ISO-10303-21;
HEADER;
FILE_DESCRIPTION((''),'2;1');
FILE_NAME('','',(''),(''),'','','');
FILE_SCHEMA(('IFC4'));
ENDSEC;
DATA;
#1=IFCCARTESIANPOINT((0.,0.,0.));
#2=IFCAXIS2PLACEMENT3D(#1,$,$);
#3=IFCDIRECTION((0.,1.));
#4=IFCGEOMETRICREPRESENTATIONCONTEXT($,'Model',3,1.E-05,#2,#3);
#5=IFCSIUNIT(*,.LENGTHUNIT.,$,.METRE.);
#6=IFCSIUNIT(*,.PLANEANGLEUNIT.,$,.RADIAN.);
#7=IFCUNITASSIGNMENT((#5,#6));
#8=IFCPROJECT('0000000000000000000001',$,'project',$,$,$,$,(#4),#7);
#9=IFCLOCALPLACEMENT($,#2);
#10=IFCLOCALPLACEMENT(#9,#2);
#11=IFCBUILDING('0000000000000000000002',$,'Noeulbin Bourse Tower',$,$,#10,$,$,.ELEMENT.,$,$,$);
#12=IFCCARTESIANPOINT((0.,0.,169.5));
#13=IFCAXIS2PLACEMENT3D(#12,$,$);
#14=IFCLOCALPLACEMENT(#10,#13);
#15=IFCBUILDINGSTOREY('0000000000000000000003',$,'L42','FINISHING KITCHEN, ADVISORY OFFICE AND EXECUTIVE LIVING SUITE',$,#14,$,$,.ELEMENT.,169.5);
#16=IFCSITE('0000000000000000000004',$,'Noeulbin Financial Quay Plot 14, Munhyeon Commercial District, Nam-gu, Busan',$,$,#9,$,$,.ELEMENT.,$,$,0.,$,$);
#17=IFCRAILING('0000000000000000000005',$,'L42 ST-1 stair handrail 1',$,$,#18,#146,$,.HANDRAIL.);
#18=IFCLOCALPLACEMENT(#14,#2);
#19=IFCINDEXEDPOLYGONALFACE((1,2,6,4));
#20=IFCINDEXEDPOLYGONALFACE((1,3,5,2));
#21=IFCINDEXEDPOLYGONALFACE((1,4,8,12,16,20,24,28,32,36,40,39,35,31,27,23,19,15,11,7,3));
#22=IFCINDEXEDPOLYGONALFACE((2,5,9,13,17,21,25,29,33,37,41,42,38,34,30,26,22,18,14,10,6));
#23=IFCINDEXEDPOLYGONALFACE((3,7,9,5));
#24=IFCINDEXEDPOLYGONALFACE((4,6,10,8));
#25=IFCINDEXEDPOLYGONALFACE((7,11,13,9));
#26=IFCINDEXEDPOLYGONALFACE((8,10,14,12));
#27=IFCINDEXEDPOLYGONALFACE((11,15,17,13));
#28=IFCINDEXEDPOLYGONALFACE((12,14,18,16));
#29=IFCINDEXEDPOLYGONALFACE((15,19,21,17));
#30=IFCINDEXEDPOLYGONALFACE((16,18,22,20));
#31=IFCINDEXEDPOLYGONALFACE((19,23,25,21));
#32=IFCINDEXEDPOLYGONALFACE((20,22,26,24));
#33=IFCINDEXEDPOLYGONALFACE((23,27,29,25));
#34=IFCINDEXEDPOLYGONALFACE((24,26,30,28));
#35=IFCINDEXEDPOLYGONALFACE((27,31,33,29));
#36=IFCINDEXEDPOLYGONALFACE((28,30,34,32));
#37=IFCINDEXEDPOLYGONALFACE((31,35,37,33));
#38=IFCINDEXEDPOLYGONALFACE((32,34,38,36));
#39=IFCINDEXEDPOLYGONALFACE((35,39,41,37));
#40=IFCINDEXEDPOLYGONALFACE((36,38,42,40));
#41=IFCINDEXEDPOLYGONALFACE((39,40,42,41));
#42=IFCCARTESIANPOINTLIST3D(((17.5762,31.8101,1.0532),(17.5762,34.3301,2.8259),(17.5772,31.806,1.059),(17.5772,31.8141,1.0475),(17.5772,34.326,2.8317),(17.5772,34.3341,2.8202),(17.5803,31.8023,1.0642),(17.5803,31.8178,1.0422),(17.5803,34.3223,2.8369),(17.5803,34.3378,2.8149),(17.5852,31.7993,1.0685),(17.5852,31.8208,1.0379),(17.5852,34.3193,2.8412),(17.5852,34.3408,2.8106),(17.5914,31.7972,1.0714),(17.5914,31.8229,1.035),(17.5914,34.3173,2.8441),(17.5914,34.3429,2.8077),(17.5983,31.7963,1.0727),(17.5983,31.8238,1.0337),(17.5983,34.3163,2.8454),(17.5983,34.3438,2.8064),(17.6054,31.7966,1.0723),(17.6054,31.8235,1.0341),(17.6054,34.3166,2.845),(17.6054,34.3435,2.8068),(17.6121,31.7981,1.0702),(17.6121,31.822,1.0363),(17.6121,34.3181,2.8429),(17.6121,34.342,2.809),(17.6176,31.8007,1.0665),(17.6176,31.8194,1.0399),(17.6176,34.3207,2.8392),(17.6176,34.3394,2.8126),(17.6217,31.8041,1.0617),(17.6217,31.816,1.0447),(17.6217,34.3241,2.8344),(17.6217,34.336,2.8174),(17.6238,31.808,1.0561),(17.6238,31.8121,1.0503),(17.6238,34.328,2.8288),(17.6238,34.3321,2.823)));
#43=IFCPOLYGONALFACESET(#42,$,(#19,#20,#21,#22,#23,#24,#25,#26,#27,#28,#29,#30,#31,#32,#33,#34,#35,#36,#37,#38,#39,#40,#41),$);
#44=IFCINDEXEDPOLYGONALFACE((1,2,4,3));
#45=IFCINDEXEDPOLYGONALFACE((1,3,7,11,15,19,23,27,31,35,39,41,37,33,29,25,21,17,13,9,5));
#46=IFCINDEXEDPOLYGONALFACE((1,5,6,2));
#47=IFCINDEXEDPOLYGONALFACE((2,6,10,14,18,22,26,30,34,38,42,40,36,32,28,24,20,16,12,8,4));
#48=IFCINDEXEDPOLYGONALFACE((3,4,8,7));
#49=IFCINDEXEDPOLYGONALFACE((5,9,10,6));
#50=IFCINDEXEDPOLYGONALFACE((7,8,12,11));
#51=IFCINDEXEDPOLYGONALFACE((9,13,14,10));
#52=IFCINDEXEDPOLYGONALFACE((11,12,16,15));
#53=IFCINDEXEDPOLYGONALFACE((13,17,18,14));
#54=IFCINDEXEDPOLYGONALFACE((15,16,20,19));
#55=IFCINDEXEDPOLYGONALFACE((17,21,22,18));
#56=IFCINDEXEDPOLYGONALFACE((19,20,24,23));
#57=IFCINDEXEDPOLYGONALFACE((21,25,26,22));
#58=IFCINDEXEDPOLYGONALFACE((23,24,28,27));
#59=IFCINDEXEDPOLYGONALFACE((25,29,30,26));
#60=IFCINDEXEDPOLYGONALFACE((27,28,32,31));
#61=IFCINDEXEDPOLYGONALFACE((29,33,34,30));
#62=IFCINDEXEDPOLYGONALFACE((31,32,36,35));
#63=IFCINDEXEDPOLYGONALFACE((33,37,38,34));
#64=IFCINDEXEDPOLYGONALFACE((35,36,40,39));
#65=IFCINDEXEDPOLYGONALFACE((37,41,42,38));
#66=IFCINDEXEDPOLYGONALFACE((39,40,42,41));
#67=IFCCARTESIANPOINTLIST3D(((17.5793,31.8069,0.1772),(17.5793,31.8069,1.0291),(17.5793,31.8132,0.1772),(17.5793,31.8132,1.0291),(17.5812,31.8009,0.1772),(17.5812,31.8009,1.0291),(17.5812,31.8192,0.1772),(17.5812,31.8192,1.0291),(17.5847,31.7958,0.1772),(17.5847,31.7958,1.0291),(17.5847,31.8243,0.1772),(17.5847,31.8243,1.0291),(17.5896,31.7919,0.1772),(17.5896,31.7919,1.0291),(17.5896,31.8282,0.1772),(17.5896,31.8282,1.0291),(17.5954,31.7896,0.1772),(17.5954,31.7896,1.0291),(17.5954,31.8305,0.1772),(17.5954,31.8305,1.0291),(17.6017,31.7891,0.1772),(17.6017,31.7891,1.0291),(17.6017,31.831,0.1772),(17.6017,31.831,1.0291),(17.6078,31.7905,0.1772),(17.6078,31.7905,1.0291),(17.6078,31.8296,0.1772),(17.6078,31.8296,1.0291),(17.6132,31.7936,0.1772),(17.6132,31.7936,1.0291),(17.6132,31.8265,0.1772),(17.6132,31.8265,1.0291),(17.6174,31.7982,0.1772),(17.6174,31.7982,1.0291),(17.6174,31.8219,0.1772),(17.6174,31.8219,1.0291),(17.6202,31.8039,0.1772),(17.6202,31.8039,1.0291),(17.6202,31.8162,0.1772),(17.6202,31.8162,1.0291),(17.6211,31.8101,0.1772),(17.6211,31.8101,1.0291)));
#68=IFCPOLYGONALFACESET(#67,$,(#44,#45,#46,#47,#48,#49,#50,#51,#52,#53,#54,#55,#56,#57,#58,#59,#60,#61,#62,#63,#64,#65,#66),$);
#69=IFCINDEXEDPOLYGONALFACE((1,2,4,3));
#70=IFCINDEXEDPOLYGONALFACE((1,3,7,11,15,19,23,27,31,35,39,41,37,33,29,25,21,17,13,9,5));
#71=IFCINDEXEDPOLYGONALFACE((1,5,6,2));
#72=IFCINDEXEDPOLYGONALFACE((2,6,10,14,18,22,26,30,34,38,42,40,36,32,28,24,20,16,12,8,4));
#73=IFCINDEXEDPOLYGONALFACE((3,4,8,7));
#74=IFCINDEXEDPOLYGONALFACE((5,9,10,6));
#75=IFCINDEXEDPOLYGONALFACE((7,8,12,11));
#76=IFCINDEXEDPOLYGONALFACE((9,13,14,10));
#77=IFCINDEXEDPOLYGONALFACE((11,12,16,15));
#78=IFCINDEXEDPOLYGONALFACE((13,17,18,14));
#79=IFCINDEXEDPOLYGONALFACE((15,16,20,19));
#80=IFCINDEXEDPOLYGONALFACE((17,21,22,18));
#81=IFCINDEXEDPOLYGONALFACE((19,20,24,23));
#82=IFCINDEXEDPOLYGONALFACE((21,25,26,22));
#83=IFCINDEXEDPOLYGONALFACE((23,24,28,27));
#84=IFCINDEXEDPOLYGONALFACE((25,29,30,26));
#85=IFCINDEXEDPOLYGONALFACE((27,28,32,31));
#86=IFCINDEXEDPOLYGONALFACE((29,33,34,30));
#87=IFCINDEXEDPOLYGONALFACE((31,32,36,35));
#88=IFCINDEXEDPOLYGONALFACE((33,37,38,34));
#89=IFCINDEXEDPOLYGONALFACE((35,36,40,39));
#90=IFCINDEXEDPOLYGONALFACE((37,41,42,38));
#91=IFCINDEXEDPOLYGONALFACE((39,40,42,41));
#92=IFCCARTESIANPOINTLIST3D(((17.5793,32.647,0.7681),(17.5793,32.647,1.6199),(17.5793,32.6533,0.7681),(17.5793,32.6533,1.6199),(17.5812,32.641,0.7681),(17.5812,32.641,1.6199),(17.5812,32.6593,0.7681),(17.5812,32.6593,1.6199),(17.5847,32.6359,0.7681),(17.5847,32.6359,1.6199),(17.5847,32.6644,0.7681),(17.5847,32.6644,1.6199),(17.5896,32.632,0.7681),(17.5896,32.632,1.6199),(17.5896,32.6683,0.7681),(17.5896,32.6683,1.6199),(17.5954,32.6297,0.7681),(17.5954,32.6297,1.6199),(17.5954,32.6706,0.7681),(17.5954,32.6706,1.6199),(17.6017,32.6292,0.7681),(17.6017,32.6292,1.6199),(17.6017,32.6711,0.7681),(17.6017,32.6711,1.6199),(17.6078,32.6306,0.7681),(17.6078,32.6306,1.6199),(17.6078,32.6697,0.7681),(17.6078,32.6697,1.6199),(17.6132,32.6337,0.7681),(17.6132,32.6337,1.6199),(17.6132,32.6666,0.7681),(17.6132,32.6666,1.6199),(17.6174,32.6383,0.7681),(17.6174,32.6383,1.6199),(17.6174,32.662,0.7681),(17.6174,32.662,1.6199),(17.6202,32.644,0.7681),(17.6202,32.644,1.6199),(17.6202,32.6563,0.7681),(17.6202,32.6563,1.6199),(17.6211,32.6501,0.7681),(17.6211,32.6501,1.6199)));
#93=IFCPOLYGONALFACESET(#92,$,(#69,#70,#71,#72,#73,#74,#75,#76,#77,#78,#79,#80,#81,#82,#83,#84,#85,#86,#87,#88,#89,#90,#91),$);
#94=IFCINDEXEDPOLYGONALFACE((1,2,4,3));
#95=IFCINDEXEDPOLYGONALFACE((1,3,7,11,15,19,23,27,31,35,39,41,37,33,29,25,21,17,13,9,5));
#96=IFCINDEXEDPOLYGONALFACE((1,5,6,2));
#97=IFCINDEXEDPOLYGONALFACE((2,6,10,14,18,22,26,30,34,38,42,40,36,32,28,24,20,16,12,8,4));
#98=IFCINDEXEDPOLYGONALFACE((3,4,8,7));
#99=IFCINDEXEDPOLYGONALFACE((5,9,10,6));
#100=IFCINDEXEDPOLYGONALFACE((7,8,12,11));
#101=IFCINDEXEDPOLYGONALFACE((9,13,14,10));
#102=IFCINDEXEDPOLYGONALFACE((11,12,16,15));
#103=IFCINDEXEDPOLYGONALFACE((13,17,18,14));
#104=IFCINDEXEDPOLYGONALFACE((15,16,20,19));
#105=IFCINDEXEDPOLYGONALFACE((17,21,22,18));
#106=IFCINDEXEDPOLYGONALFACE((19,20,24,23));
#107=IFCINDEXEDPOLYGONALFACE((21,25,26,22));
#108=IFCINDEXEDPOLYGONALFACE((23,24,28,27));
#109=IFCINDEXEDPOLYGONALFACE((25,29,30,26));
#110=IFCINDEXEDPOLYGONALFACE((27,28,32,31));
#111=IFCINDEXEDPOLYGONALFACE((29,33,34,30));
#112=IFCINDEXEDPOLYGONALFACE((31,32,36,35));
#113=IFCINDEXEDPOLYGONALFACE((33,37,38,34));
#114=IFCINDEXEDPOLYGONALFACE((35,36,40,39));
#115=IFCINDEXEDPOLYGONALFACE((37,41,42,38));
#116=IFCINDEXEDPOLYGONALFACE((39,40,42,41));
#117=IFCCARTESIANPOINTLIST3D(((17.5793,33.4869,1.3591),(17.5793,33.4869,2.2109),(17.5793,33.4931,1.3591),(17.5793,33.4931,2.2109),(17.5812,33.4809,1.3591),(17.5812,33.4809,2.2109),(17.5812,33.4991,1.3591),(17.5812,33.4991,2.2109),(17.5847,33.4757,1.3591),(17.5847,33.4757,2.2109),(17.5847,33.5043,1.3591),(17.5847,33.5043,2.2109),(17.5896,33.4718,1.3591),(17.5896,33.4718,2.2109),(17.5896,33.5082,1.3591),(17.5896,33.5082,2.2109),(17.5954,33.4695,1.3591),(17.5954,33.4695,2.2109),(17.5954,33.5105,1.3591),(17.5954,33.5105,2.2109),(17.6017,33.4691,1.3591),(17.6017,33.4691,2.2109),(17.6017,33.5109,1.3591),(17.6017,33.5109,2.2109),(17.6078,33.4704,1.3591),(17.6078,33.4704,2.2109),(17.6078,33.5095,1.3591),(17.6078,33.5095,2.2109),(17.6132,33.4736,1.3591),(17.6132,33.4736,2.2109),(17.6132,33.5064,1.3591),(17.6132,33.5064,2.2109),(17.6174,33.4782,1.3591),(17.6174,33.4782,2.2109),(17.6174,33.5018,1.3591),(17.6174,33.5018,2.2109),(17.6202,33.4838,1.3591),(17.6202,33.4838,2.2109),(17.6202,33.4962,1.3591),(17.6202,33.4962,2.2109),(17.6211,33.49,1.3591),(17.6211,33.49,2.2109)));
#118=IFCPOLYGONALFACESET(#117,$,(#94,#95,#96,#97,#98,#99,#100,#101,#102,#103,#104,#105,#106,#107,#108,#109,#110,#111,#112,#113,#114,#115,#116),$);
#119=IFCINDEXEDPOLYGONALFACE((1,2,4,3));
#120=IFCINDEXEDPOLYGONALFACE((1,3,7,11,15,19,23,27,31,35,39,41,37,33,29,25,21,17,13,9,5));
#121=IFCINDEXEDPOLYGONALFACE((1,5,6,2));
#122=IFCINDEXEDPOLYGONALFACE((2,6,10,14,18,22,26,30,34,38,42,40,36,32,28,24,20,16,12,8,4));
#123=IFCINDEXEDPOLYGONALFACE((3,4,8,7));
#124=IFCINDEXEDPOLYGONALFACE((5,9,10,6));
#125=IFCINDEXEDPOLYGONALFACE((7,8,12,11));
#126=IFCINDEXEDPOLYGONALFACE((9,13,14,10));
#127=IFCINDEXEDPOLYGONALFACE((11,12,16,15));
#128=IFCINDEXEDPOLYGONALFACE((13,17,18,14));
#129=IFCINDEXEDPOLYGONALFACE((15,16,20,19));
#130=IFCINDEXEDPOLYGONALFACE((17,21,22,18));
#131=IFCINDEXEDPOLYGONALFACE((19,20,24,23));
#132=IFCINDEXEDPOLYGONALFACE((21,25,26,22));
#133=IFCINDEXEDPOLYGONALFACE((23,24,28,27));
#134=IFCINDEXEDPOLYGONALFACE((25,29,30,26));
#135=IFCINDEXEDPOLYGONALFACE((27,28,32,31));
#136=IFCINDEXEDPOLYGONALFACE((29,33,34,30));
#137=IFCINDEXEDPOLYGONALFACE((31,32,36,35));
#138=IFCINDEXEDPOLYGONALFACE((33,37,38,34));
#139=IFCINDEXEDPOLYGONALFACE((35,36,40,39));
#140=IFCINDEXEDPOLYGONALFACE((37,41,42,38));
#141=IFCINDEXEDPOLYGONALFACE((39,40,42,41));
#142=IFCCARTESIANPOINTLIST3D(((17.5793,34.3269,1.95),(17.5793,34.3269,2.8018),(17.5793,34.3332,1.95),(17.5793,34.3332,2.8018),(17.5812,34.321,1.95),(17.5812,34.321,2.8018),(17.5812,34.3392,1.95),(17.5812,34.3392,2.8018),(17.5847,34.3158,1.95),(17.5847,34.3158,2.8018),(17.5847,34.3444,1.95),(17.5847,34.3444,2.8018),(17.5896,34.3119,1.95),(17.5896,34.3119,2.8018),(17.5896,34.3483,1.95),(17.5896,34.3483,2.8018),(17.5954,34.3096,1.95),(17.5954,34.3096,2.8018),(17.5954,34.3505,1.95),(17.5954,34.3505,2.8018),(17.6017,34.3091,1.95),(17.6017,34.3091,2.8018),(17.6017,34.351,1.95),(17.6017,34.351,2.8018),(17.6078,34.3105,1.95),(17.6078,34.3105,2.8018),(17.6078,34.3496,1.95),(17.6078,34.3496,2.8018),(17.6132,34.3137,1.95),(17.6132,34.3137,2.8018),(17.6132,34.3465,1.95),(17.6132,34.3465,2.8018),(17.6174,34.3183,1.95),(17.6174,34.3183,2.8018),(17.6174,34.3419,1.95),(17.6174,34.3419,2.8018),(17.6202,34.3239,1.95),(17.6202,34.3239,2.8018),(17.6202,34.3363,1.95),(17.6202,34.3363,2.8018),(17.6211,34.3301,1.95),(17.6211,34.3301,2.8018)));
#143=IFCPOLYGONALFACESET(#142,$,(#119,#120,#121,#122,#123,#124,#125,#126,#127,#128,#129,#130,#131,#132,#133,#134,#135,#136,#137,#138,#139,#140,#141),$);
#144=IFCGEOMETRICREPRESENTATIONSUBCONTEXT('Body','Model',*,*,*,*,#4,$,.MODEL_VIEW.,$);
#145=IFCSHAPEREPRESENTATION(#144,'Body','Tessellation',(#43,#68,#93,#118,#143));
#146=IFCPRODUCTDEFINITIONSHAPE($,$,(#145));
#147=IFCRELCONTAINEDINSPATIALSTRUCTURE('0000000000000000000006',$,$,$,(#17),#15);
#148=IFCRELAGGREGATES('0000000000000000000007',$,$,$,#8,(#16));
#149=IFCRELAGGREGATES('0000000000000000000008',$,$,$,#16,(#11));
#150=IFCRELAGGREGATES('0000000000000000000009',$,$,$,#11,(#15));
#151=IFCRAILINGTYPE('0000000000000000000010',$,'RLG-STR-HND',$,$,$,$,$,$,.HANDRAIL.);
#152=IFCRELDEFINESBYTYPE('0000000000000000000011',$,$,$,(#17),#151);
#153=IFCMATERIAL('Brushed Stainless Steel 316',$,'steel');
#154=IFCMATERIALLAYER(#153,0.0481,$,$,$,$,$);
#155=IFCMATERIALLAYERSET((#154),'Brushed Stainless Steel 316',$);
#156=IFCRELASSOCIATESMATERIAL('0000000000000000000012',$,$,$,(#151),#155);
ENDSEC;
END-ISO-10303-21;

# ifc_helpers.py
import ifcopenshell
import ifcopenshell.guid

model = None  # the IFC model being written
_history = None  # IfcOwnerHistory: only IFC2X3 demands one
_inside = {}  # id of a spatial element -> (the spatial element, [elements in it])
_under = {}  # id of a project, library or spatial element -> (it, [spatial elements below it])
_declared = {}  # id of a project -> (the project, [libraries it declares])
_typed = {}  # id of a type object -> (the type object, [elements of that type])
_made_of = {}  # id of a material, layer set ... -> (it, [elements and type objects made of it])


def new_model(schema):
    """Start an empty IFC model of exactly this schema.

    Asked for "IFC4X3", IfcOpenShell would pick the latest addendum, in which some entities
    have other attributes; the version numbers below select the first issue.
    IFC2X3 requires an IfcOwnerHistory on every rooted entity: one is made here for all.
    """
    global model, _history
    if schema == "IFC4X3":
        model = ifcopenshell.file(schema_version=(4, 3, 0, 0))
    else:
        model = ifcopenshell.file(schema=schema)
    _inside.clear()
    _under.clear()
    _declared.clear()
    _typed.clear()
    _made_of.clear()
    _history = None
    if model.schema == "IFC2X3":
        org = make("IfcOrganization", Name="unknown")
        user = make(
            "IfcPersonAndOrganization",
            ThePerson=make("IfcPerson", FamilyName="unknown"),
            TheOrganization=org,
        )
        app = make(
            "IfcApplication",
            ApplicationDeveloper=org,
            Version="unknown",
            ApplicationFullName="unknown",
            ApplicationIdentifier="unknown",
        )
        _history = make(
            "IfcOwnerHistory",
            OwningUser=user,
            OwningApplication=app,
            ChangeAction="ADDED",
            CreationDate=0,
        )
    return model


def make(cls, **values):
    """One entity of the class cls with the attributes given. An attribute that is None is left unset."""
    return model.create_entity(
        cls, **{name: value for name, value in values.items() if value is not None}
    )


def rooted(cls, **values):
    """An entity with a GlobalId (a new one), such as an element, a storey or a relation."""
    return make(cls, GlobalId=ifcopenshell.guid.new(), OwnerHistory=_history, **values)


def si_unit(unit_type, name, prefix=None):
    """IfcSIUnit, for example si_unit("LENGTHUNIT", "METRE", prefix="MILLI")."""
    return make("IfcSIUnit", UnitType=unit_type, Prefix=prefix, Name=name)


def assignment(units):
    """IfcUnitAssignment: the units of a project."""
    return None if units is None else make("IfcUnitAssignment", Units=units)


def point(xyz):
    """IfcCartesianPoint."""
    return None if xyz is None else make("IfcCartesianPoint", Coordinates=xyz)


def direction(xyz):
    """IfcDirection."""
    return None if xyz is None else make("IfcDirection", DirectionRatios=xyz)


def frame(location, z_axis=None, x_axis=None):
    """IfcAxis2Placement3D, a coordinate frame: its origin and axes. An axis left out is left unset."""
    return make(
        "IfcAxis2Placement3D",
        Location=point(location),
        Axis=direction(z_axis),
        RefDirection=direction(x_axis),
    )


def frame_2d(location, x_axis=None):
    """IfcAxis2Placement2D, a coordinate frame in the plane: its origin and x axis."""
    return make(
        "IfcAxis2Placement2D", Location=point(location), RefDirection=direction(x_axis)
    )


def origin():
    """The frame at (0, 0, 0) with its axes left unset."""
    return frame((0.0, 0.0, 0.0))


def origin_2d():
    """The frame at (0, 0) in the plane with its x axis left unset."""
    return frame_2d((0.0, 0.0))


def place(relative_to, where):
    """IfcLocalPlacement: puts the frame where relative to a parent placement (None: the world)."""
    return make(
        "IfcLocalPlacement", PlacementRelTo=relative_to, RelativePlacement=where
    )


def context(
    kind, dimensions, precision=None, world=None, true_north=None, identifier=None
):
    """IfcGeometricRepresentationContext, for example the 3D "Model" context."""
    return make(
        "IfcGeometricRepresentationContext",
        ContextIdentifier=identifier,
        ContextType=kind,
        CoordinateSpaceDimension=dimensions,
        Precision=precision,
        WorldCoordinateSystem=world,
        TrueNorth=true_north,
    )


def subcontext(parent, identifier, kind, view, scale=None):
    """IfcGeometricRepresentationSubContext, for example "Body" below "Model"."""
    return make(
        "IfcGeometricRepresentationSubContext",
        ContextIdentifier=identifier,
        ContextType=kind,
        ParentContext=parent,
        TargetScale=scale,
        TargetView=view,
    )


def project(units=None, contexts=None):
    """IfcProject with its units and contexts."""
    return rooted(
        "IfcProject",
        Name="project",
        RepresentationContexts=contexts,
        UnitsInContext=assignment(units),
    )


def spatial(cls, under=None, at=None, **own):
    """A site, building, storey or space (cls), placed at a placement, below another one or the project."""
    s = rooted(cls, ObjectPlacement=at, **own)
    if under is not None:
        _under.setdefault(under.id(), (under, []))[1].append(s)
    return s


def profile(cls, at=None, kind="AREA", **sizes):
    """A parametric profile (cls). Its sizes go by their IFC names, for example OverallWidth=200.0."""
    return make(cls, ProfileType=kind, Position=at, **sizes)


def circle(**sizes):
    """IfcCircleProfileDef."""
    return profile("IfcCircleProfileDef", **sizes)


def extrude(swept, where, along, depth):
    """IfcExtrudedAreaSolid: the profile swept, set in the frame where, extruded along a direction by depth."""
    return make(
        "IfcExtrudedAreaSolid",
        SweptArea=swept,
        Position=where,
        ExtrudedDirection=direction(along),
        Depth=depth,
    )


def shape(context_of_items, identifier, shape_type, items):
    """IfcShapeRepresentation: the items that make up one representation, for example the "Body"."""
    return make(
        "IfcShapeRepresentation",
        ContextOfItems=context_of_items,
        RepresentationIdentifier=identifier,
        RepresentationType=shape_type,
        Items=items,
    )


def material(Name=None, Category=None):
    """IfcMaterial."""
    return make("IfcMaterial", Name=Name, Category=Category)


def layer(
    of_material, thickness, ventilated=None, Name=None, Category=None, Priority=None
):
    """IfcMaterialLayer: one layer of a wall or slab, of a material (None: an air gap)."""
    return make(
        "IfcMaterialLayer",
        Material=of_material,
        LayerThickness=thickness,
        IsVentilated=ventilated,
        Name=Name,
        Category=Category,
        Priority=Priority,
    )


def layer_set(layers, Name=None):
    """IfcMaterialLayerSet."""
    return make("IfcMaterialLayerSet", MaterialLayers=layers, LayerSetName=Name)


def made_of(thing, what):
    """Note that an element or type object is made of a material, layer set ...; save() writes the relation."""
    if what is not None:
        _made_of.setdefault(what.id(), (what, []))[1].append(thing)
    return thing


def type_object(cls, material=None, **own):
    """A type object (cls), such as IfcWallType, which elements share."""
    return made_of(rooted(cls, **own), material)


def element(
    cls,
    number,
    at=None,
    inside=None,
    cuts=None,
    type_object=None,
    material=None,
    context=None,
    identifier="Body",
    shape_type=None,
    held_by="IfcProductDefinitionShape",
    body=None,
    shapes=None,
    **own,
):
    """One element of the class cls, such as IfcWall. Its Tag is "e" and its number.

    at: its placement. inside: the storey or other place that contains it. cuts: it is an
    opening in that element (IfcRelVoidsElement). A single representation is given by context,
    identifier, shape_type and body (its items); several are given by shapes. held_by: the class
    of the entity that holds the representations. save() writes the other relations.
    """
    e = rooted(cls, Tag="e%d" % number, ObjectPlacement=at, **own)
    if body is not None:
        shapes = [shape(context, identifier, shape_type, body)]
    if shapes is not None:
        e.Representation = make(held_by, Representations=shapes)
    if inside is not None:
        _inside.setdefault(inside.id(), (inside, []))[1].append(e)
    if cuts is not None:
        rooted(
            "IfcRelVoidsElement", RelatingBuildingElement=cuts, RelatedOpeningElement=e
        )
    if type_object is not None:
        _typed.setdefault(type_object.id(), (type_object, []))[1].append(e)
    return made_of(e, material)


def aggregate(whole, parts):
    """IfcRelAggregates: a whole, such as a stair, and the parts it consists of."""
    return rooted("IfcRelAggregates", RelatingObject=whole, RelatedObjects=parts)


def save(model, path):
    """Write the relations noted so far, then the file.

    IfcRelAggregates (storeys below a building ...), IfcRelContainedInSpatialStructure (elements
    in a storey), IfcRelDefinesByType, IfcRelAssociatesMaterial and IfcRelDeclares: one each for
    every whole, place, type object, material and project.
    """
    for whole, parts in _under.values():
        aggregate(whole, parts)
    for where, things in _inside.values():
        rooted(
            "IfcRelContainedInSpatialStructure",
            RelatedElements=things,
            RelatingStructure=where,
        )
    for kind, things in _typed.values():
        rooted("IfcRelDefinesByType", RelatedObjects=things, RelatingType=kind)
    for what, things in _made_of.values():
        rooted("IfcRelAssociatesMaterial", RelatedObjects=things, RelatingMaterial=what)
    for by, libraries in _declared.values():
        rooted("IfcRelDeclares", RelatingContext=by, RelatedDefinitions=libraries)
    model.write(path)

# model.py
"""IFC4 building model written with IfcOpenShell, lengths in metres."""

from ifc_helpers import new_model, si_unit, direction, frame, origin, origin_2d, place, context, subcontext, project, spatial, circle, extrude, material, layer, layer_set, type_object, element, save


model = new_model("IFC4")

# Units and contexts
model_context = context("Model", 3, precision=1e-05, world=origin(), true_north=direction((0.0, 1.0)))
body_context = subcontext(model_context, "Body", "Model", "MODEL_VIEW")
ifc_project = project(units=[si_unit("LENGTHUNIT", "METRE"), si_unit("PLANEANGLEUNIT", "RADIAN")], contexts=[model_context])

# Site, building, storey
site_placement = place(None, origin())
site = spatial("IfcSite", under=ifc_project, at=site_placement, Name="Noeulbin Financial Quay Plot 14, Munhyeon Commercial District, Nam-gu, Busan", CompositionType="ELEMENT", RefElevation=0.0)
building_placement = place(site_placement, origin())
building = spatial("IfcBuilding", under=site, at=building_placement, Name="Noeulbin Bourse Tower", CompositionType="ELEMENT")
storey_placement = place(building_placement, frame((0.0, 0.0, 169.5)))
storey = spatial("IfcBuildingStorey", under=building, at=storey_placement, Name="L42", Description="FINISHING KITCHEN, ADVISORY OFFICE AND EXECUTIVE LIVING SUITE", CompositionType="ELEMENT", Elevation=169.5)

# Shared definitions
ifc_material_1 = material(Name="Brushed Stainless Steel 316", Category="steel")

# Railing
ifc_layer_1 = layer(ifc_material_1, 0.0481)
ifc_layer_set_1 = layer_set([ifc_layer_1], Name="Brushed Stainless Steel 316")
railing_type_1 = type_object("IfcRailingType", Name="RLG-STR-HND", PredefinedType="HANDRAIL", material=ifc_layer_set_1)
railing_1_placement = place(storey_placement, frame((17.6001, 31.8101, 0.1772)))
element("IfcRailing", 1, at=railing_1_placement, inside=storey, type_object=railing_type_1, Name="L42 ST-1 stair handrail 1", PredefinedType="HANDRAIL", context=body_context, shape_type="SweptSolid", body=[
    extrude(circle(Radius=0.0239, at=origin_2d()), frame((0.0, 0.0, 0.876), z_axis=(0.0, 0.817904, 0.575354), x_axis=(-1.0, 0.0, 0.0)), (0.0, 0.0, 1.0), 3.0811),
    extrude(circle(Radius=0.021, at=origin_2d()), origin(), (0.0, 0.0, 1.0), 0.8518),
    extrude(circle(Radius=0.021, at=origin_2d()), frame((0.0, 0.8401, 0.5908)), (0.0, 0.0, 1.0), 0.8518),
    extrude(circle(Radius=0.021, at=origin_2d()), frame((0.0, 1.6799, 1.1819)), (0.0, 0.0, 1.0), 0.8518),
    extrude(circle(Radius=0.021, at=origin_2d()), frame((0.0, 2.52, 1.7727)), (0.0, 0.0, 1.0), 0.8518),
])

save(model, "model.ifc")
